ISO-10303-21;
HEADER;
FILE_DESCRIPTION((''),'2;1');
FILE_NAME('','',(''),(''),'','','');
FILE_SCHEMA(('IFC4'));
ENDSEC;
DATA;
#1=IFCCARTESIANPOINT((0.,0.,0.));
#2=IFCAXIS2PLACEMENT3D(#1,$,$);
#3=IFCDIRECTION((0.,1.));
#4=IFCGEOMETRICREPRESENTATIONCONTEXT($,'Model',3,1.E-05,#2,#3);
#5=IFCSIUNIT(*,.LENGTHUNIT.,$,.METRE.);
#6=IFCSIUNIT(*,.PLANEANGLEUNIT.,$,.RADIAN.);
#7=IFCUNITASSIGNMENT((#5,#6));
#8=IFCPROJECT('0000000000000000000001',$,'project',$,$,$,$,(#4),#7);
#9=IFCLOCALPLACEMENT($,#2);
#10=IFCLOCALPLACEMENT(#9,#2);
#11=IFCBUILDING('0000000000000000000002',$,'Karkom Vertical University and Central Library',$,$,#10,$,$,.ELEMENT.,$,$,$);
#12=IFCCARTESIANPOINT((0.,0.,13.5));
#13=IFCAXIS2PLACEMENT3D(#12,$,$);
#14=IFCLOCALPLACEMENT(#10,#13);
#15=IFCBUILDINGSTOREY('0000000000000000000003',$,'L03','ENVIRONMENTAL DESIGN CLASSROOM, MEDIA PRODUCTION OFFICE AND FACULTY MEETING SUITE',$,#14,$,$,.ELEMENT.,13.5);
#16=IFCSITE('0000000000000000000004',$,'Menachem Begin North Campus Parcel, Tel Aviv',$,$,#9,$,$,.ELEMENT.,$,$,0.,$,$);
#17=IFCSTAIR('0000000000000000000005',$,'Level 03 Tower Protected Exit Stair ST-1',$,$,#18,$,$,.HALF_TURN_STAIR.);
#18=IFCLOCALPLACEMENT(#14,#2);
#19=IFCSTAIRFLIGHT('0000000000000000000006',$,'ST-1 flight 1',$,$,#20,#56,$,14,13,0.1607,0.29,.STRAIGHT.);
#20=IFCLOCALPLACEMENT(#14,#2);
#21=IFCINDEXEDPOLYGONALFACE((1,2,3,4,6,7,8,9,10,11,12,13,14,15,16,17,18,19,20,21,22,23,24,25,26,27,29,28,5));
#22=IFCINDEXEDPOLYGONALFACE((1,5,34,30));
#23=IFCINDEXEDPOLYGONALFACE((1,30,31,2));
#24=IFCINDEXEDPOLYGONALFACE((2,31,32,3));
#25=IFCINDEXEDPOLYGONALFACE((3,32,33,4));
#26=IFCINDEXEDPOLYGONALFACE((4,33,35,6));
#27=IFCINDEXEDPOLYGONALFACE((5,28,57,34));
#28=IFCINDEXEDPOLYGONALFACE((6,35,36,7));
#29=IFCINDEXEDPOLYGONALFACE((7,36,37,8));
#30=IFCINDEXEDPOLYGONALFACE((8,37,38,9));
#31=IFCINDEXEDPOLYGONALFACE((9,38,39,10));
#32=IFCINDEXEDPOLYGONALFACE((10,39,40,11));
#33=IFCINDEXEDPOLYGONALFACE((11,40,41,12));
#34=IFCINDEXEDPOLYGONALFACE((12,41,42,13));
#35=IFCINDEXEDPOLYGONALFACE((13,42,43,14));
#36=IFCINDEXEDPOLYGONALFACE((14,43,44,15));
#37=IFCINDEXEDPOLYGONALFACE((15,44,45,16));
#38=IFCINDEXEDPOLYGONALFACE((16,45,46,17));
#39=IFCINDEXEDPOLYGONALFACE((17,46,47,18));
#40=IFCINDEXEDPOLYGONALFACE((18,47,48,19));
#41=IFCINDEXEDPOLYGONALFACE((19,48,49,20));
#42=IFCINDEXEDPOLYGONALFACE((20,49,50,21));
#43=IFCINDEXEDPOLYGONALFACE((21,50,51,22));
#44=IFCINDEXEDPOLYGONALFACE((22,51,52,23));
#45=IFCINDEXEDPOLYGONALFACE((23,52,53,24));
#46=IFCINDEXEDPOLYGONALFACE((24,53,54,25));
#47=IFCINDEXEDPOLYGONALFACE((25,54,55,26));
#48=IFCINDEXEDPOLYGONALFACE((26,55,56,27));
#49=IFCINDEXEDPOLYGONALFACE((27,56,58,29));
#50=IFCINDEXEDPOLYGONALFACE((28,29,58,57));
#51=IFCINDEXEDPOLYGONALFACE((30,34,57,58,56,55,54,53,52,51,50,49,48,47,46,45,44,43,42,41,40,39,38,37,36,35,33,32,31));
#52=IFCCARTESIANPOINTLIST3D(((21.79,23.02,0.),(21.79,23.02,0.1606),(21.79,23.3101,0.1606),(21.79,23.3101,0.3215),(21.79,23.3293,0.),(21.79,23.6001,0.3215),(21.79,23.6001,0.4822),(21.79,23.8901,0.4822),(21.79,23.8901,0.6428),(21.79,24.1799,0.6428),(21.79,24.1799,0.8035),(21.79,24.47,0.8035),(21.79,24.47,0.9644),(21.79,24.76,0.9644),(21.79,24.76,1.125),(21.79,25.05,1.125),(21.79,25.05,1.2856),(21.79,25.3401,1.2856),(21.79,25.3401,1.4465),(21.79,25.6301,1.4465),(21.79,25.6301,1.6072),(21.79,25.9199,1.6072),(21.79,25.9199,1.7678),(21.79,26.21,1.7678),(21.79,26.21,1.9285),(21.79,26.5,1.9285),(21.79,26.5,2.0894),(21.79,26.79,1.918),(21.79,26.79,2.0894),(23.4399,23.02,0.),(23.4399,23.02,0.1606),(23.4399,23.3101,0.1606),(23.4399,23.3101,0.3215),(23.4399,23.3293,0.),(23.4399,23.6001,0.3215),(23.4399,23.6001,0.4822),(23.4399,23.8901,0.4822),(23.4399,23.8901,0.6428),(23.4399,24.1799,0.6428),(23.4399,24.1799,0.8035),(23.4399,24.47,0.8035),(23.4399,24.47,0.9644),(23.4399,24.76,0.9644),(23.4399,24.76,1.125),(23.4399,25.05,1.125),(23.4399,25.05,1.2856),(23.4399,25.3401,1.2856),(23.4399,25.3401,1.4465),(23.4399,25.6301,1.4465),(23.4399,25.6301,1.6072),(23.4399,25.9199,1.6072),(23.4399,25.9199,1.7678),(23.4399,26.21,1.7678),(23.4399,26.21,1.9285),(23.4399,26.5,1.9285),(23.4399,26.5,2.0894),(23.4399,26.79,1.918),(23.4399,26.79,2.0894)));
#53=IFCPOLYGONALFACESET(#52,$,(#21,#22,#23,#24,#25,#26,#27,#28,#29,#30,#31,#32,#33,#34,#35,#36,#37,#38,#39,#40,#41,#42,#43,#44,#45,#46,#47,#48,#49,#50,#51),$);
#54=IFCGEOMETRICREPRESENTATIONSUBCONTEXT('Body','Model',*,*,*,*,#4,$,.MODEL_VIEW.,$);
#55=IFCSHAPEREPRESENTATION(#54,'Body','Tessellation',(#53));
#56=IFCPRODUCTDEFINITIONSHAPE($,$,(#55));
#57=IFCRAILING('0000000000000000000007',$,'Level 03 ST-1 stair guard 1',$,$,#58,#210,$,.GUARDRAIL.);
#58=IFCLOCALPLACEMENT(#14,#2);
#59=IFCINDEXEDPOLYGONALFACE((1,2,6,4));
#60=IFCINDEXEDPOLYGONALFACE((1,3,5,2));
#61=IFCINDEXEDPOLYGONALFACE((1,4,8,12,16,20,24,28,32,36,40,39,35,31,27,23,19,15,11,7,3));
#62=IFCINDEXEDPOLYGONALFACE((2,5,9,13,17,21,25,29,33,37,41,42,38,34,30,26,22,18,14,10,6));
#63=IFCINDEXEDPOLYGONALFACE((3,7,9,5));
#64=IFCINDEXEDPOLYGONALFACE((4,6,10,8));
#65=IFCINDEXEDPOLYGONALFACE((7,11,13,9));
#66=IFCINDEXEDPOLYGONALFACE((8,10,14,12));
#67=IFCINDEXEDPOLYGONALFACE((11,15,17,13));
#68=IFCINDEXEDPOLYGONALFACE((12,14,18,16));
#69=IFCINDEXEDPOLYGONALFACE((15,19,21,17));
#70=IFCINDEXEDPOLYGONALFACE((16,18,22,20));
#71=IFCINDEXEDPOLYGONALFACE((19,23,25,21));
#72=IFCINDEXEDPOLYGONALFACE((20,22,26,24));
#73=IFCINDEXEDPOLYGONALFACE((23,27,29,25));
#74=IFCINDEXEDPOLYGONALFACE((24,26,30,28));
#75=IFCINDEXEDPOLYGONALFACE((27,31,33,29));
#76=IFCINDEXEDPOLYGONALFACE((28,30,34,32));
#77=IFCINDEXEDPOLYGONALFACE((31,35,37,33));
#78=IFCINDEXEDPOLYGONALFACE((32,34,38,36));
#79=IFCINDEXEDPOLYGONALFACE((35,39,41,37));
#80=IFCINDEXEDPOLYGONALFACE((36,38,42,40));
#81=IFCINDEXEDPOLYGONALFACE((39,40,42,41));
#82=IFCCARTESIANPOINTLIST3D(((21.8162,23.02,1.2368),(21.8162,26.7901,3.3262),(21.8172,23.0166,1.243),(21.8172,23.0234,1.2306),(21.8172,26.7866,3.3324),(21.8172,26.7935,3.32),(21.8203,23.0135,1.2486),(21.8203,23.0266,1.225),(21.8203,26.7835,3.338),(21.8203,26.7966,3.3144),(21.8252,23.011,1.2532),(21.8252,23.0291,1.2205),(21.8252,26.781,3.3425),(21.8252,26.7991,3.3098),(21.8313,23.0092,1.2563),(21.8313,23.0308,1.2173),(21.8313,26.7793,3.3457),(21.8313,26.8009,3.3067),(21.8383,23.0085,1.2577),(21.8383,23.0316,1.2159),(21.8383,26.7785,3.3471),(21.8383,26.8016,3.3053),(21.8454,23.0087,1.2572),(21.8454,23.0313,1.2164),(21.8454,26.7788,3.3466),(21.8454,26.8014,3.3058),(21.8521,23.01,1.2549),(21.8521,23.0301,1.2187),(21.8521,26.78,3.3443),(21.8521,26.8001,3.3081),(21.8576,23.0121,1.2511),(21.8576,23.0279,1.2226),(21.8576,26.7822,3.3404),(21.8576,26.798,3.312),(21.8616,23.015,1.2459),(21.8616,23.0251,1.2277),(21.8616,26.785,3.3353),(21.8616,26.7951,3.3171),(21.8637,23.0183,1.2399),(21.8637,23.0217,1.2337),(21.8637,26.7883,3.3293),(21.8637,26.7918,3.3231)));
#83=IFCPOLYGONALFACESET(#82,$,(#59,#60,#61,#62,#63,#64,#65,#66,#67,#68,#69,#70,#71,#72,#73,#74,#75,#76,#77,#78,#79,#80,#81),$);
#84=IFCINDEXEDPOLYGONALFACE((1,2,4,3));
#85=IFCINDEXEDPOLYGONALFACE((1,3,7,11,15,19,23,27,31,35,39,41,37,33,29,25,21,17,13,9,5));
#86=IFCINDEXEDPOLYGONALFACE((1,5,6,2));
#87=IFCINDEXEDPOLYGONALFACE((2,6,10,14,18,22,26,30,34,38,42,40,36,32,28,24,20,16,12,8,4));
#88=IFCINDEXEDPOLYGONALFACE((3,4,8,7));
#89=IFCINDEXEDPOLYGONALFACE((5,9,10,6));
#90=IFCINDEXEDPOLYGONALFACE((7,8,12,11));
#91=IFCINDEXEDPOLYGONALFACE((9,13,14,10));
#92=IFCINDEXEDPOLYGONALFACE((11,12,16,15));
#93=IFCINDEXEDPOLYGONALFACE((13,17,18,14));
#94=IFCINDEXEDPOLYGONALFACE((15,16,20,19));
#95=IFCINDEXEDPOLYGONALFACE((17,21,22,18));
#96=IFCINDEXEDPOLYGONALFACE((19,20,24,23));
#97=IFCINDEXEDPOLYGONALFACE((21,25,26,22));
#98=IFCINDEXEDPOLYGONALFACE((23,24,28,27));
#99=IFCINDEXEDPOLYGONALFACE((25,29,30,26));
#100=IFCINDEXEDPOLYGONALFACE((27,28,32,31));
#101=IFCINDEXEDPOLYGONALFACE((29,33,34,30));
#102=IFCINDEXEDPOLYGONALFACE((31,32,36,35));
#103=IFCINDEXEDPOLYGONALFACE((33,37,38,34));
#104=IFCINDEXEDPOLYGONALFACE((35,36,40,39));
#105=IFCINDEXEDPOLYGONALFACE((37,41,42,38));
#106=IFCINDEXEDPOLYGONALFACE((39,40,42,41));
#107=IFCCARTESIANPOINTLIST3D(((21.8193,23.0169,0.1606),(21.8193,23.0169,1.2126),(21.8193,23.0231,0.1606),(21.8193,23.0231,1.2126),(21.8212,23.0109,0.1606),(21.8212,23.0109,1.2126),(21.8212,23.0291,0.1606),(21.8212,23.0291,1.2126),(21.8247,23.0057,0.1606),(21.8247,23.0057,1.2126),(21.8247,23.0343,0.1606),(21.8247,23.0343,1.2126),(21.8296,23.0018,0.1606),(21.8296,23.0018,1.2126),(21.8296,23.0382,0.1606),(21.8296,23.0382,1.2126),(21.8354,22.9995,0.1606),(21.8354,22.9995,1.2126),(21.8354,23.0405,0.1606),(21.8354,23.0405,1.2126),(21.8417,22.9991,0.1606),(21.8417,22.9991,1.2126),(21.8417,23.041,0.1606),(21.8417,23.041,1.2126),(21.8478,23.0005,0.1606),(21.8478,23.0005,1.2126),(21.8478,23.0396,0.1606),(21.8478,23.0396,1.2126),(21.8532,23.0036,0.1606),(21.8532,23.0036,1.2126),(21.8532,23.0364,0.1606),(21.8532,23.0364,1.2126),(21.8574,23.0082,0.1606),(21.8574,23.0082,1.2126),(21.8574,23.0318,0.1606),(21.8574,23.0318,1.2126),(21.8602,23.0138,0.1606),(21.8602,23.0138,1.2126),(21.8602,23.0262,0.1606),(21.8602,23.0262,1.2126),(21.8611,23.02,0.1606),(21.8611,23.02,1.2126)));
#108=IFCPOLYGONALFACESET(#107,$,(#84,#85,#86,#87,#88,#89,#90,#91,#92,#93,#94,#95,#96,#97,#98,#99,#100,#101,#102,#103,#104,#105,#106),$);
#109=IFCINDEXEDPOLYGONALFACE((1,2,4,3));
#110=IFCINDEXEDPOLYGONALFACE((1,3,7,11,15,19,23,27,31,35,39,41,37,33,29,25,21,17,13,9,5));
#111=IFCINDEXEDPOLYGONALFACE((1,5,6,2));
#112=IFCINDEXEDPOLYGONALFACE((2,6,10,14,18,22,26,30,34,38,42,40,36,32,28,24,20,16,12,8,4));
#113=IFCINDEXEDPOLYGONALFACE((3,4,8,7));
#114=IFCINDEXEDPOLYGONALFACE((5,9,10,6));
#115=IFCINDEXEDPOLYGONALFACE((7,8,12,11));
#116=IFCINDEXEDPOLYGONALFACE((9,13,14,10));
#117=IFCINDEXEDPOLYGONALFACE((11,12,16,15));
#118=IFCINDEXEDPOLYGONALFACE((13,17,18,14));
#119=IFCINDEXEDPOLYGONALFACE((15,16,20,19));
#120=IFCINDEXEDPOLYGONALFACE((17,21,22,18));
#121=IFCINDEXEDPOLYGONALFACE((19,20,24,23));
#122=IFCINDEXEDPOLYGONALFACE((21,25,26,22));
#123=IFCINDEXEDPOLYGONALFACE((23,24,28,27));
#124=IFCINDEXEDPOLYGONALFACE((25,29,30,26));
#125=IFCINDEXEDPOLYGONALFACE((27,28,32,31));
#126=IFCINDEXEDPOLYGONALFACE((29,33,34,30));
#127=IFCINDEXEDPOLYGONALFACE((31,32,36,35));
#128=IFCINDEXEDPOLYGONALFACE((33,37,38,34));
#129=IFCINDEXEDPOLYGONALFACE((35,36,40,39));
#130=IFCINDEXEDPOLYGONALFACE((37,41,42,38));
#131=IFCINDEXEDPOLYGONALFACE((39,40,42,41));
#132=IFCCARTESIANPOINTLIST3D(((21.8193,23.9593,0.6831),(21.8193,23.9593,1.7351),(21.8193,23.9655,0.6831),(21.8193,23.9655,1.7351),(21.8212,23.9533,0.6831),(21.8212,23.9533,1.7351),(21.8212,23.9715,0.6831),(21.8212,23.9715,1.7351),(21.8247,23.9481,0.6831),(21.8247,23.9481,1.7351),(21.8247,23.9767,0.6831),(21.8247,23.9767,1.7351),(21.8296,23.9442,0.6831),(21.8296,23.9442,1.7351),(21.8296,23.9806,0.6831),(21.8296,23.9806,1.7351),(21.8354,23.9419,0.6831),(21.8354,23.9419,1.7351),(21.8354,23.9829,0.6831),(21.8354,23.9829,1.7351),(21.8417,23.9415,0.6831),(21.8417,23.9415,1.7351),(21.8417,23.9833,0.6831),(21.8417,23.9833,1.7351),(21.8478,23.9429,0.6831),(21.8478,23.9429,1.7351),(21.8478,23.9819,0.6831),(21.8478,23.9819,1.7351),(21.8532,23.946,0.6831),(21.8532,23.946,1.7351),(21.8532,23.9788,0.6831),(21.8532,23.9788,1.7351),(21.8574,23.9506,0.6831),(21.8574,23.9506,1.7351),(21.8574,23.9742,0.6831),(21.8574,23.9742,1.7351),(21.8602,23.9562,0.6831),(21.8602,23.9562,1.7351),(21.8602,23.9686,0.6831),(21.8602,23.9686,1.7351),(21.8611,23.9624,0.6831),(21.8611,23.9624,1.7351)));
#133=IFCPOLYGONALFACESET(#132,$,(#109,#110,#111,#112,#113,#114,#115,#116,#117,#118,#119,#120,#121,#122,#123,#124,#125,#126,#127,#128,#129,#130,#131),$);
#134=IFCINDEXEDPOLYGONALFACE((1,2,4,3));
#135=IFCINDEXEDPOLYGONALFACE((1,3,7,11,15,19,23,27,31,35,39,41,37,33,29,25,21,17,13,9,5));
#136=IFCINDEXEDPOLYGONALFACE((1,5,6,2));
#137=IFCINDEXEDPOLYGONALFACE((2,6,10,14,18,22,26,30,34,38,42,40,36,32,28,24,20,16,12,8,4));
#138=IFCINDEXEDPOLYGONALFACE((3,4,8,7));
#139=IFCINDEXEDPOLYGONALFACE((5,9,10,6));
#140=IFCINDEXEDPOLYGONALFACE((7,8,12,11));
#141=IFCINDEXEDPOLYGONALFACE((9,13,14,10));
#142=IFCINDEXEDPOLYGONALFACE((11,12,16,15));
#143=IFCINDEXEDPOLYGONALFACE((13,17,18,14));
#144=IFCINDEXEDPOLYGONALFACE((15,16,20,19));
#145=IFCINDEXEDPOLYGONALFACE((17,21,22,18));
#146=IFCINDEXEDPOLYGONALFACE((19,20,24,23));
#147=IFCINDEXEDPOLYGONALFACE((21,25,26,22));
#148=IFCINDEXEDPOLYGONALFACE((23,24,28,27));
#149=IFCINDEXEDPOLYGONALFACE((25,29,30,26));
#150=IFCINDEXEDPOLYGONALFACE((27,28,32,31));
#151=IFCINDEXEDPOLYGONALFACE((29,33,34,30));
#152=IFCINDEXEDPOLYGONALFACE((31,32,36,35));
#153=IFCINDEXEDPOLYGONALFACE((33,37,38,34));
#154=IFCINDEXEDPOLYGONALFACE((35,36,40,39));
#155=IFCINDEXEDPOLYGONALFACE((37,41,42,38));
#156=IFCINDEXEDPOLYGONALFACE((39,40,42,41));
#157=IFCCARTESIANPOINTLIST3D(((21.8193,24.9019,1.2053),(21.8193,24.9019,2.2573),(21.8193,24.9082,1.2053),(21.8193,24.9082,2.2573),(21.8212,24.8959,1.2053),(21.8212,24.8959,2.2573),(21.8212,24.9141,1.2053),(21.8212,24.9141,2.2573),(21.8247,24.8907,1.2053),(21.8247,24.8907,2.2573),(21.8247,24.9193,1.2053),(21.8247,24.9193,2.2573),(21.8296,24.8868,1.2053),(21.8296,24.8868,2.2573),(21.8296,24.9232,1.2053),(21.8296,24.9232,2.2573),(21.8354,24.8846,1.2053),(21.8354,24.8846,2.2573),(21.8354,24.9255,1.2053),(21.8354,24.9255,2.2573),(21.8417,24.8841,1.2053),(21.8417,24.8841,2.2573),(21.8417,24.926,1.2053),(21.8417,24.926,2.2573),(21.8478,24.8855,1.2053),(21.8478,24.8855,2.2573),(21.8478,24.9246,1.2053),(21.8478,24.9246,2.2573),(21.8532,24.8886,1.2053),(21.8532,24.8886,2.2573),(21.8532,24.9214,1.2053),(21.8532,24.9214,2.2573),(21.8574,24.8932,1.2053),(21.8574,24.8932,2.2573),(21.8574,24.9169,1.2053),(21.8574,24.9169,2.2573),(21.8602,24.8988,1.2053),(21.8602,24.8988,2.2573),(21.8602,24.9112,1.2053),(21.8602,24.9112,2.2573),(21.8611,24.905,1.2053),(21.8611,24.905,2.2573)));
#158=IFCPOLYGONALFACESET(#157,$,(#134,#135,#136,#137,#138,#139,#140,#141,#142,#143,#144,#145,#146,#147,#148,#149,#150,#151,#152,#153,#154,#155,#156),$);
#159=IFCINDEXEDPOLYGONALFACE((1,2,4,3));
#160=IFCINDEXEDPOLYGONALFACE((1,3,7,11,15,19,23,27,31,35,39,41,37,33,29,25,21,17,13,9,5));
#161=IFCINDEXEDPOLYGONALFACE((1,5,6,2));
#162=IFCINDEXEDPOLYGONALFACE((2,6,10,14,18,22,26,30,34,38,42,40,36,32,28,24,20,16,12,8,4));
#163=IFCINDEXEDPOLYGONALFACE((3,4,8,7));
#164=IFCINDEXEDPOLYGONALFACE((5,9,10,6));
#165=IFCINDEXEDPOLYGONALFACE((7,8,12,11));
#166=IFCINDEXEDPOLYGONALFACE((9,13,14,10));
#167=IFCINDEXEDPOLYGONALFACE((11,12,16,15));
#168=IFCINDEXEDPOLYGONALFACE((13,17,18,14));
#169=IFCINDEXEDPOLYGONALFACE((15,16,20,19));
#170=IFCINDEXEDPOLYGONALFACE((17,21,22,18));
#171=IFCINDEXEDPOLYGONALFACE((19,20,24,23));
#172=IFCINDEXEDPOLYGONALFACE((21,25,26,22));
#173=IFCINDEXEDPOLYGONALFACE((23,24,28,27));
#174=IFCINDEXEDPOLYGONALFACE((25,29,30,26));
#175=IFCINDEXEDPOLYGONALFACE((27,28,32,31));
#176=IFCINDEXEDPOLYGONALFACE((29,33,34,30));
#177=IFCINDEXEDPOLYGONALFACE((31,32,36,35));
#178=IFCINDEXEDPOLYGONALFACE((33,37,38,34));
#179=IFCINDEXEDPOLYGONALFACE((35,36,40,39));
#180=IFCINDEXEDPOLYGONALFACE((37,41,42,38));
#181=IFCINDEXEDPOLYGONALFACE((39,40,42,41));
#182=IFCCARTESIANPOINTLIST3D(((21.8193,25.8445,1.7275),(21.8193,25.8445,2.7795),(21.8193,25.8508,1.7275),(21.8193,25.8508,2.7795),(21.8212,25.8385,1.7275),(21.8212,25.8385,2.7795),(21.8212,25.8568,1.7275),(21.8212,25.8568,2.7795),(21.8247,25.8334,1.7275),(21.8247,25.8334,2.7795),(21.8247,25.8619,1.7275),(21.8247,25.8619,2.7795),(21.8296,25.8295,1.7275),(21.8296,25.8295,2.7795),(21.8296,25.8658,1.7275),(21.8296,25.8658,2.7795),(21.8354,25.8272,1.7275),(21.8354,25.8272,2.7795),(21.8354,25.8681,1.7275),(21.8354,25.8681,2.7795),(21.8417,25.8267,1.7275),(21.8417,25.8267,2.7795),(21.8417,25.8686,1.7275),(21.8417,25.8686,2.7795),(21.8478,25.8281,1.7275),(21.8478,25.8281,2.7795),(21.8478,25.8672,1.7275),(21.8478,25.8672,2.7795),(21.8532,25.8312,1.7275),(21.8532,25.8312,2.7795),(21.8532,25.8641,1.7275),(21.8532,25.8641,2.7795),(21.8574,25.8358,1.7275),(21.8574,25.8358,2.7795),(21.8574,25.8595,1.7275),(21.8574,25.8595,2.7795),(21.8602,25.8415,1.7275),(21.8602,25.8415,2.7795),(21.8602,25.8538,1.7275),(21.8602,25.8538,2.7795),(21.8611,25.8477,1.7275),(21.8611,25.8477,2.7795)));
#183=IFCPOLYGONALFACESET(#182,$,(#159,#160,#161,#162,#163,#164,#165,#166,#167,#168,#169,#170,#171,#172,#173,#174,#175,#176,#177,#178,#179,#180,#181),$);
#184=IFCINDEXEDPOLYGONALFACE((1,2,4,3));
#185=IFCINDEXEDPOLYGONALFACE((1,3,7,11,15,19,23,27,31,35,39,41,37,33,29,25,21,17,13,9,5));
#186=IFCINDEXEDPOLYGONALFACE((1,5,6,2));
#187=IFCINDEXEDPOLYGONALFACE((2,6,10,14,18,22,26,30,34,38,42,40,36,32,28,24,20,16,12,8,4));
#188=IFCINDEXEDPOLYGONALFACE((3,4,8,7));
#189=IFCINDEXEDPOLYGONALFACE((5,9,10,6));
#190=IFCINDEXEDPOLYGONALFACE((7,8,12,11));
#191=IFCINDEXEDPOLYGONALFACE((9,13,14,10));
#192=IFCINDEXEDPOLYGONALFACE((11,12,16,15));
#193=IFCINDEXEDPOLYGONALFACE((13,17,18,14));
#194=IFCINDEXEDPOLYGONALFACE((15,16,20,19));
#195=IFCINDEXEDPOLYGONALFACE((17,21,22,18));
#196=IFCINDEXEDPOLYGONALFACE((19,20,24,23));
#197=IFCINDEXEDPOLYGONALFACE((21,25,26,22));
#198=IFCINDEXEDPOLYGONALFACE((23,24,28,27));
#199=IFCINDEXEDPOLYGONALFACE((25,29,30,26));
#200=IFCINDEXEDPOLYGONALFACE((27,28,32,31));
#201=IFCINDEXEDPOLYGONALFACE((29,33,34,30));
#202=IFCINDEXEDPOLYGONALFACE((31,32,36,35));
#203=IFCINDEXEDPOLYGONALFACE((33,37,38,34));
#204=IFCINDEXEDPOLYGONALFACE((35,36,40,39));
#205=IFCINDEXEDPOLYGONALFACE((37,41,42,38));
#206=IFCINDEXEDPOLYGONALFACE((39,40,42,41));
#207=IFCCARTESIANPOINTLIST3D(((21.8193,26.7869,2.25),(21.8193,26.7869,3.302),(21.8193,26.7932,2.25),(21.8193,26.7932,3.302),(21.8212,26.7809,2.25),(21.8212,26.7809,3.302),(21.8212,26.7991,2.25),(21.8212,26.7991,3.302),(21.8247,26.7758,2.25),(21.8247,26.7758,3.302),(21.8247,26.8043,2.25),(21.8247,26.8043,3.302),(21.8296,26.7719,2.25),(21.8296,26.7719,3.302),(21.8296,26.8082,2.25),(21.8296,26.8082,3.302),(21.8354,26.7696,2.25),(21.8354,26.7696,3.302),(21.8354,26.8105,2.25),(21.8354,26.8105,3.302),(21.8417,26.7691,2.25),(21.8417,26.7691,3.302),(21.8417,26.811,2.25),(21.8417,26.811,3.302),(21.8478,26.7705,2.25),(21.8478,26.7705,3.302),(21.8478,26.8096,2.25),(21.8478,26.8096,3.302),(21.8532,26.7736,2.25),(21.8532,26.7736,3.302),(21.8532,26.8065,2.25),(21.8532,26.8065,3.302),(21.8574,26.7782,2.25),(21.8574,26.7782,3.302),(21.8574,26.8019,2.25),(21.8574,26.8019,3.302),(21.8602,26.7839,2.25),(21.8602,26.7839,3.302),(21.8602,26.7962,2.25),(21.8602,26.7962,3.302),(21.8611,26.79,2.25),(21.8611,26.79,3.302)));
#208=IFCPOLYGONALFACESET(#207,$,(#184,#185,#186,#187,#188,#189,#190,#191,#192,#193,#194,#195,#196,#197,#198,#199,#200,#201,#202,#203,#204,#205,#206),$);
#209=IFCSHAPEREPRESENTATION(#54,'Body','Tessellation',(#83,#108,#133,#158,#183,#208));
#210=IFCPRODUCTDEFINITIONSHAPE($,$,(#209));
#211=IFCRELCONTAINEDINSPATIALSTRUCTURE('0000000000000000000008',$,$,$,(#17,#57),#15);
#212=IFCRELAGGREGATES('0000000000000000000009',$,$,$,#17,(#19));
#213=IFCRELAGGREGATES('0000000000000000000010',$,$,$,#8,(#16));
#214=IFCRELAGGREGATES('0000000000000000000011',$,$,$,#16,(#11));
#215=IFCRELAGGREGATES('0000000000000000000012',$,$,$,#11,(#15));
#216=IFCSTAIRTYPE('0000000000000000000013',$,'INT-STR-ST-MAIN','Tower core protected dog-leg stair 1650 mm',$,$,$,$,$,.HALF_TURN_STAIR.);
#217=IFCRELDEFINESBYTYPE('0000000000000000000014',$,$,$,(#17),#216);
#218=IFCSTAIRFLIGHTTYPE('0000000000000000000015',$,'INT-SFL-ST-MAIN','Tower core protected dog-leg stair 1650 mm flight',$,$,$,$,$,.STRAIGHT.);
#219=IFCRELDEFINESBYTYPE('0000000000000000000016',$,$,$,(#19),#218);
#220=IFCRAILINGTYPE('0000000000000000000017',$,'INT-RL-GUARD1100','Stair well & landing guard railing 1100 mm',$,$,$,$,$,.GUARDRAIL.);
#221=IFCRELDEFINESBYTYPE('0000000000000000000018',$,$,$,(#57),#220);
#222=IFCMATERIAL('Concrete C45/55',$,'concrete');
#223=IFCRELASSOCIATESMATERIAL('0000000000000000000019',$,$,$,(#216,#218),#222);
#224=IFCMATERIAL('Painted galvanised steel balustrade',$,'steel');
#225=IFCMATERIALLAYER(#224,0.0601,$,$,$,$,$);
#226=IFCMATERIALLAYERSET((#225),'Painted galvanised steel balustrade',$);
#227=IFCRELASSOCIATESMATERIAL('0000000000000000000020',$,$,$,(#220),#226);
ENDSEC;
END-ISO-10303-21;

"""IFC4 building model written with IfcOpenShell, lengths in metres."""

from ifc_helpers import new_model, si_unit, direction, frame, origin, origin_2d, place, context, subcontext, project, spatial, polyline, circle, outline, extrude, material, layer, layer_set, type_object, element, aggregate, save


model = new_model("IFC4")

# Units and contexts
model_context = context("Model", 3, precision=1e-05, world=origin(), true_north=direction((0.0, 1.0)))
body_context = subcontext(model_context, "Body", "Model", "MODEL_VIEW")
ifc_project = project(units=[si_unit("LENGTHUNIT", "METRE"), si_unit("PLANEANGLEUNIT", "RADIAN")], contexts=[model_context])

# Site, building, storey
site_placement = place(None, origin())
site = spatial("IfcSite", under=ifc_project, at=site_placement, Name="Menachem Begin North Campus Parcel, Tel Aviv", CompositionType="ELEMENT", RefElevation=0.0)
building_placement = place(site_placement, origin())
building = spatial("IfcBuilding", under=site, at=building_placement, Name="Karkom Vertical University and Central Library", CompositionType="ELEMENT")
storey_placement = place(building_placement, frame((0.0, 0.0, 13.5)))
storey = spatial("IfcBuildingStorey", under=building, at=storey_placement, Name="L03", Description="ENVIRONMENTAL DESIGN CLASSROOM, MEDIA PRODUCTION OFFICE AND FACULTY MEETING SUITE", CompositionType="ELEMENT", Elevation=13.5)

# Shared definitions
ifc_material_1 = material(Name="Concrete C45/55", Category="concrete")

# Stair, stair flight
stair_type = type_object("IfcStairType", Name="INT-STR-ST-MAIN", Description="Tower core protected dog-leg stair 1650 mm", PredefinedType="HALF_TURN_STAIR", material=ifc_material_1)
stair_placement = place(storey_placement, origin())
stair = element("IfcStair", 1, at=stair_placement, inside=storey, type_object=stair_type, Name="Level 03 Tower Protected Exit Stair ST-1", PredefinedType="HALF_TURN_STAIR")
stair_flight_type = type_object("IfcStairFlightType", Name="INT-SFL-ST-MAIN", Description="Tower core protected dog-leg stair 1650 mm flight", PredefinedType="STRAIGHT", material=ifc_material_1)
stair_flight_placement = place(storey_placement, frame((22.615, 23.02, 0.0), z_axis=(0.0, 0.0, 1.0), x_axis=(0.0, 1.0, 0.0)))
stair_flight = element("IfcStairFlight", 2, at=stair_flight_placement, type_object=stair_flight_type, Name="ST-1 flight 1", NumberOfRisers=14, NumberOfTreads=13, PredefinedType="STRAIGHT", RiserHeight=0.1607, TreadLength=0.29, context=body_context, shape_type="SweptSolid", body=[
    extrude(outline(polyline([(0.0, 0.0), (0.0, 0.1606), (0.29, 0.1606), (0.29, 0.3215), (0.5801, 0.3215), (0.5801, 0.4822), (0.8701, 0.4822), (0.8701, 0.6428), (1.1599, 0.6428), (1.1599, 0.8035), (1.45, 0.8035), (1.45, 0.9644), (1.74, 0.9644), (1.74, 1.125), (2.03, 1.125), (2.03, 1.2856), (2.3201, 1.2856), (2.3201, 1.4465), (2.6101, 1.4465), (2.6101, 1.6072), (2.8999, 1.6072), (2.8999, 1.7678), (3.1899, 1.7678), (3.1899, 1.9285), (3.48, 1.9285), (3.48, 2.0894), (3.77, 2.0894), (3.77, 2.25), (3.77, 1.918), (0.3093, 0.0), (0.0, 0.0)])), frame((0.0, 0.825, 0.0), z_axis=(0.0, -1.0, 0.0), x_axis=(1.0, 0.0, 0.0)), (0.0, 0.0, 1.0), 1.6499),
])
aggregate(stair, [stair_flight])

# Railing
ifc_material_2 = material(Name="Painted galvanised steel balustrade", Category="steel")
ifc_layer_1 = layer(ifc_material_2, 0.0601)
ifc_layer_set_1 = layer_set([ifc_layer_1], Name="Painted galvanised steel balustrade")
railing_type_1 = type_object("IfcRailingType", Name="INT-RL-GUARD1100", Description="Stair well & landing guard railing 1100 mm", PredefinedType="GUARDRAIL", material=ifc_layer_set_1)
railing_1_placement = place(storey_placement, frame((21.8401, 23.02, 0.1606)))
element("IfcRailing", 3, at=railing_1_placement, inside=storey, type_object=railing_type_1, Name="Level 03 ST-1 stair guard 1", PredefinedType="GUARDRAIL", context=body_context, shape_type="SweptSolid", body=[
    extrude(circle(Radius=0.0239, at=origin_2d()), frame((0.0, 0.0, 1.0762), z_axis=(0.0, 0.874659, 0.484739), x_axis=(-1.0, 0.0, 0.0)), (0.0, 0.0, 1.0), 4.3103),
    extrude(circle(Radius=0.021, at=origin_2d()), origin(), (0.0, 0.0, 1.0), 1.052),
    extrude(circle(Radius=0.021, at=origin_2d()), frame((0.0, 0.9424, 0.5225)), (0.0, 0.0, 1.0), 1.052),
    extrude(circle(Radius=0.021, at=origin_2d()), frame((0.0, 1.885, 1.0447)), (0.0, 0.0, 1.0), 1.052),
    extrude(circle(Radius=0.021, at=origin_2d()), frame((0.0, 2.8276, 1.5669)), (0.0, 0.0, 1.0), 1.052),
    extrude(circle(Radius=0.021, at=origin_2d()), frame((0.0, 3.77, 2.0894)), (0.0, 0.0, 1.0), 1.052),
])

save(model, "model.ifc")
